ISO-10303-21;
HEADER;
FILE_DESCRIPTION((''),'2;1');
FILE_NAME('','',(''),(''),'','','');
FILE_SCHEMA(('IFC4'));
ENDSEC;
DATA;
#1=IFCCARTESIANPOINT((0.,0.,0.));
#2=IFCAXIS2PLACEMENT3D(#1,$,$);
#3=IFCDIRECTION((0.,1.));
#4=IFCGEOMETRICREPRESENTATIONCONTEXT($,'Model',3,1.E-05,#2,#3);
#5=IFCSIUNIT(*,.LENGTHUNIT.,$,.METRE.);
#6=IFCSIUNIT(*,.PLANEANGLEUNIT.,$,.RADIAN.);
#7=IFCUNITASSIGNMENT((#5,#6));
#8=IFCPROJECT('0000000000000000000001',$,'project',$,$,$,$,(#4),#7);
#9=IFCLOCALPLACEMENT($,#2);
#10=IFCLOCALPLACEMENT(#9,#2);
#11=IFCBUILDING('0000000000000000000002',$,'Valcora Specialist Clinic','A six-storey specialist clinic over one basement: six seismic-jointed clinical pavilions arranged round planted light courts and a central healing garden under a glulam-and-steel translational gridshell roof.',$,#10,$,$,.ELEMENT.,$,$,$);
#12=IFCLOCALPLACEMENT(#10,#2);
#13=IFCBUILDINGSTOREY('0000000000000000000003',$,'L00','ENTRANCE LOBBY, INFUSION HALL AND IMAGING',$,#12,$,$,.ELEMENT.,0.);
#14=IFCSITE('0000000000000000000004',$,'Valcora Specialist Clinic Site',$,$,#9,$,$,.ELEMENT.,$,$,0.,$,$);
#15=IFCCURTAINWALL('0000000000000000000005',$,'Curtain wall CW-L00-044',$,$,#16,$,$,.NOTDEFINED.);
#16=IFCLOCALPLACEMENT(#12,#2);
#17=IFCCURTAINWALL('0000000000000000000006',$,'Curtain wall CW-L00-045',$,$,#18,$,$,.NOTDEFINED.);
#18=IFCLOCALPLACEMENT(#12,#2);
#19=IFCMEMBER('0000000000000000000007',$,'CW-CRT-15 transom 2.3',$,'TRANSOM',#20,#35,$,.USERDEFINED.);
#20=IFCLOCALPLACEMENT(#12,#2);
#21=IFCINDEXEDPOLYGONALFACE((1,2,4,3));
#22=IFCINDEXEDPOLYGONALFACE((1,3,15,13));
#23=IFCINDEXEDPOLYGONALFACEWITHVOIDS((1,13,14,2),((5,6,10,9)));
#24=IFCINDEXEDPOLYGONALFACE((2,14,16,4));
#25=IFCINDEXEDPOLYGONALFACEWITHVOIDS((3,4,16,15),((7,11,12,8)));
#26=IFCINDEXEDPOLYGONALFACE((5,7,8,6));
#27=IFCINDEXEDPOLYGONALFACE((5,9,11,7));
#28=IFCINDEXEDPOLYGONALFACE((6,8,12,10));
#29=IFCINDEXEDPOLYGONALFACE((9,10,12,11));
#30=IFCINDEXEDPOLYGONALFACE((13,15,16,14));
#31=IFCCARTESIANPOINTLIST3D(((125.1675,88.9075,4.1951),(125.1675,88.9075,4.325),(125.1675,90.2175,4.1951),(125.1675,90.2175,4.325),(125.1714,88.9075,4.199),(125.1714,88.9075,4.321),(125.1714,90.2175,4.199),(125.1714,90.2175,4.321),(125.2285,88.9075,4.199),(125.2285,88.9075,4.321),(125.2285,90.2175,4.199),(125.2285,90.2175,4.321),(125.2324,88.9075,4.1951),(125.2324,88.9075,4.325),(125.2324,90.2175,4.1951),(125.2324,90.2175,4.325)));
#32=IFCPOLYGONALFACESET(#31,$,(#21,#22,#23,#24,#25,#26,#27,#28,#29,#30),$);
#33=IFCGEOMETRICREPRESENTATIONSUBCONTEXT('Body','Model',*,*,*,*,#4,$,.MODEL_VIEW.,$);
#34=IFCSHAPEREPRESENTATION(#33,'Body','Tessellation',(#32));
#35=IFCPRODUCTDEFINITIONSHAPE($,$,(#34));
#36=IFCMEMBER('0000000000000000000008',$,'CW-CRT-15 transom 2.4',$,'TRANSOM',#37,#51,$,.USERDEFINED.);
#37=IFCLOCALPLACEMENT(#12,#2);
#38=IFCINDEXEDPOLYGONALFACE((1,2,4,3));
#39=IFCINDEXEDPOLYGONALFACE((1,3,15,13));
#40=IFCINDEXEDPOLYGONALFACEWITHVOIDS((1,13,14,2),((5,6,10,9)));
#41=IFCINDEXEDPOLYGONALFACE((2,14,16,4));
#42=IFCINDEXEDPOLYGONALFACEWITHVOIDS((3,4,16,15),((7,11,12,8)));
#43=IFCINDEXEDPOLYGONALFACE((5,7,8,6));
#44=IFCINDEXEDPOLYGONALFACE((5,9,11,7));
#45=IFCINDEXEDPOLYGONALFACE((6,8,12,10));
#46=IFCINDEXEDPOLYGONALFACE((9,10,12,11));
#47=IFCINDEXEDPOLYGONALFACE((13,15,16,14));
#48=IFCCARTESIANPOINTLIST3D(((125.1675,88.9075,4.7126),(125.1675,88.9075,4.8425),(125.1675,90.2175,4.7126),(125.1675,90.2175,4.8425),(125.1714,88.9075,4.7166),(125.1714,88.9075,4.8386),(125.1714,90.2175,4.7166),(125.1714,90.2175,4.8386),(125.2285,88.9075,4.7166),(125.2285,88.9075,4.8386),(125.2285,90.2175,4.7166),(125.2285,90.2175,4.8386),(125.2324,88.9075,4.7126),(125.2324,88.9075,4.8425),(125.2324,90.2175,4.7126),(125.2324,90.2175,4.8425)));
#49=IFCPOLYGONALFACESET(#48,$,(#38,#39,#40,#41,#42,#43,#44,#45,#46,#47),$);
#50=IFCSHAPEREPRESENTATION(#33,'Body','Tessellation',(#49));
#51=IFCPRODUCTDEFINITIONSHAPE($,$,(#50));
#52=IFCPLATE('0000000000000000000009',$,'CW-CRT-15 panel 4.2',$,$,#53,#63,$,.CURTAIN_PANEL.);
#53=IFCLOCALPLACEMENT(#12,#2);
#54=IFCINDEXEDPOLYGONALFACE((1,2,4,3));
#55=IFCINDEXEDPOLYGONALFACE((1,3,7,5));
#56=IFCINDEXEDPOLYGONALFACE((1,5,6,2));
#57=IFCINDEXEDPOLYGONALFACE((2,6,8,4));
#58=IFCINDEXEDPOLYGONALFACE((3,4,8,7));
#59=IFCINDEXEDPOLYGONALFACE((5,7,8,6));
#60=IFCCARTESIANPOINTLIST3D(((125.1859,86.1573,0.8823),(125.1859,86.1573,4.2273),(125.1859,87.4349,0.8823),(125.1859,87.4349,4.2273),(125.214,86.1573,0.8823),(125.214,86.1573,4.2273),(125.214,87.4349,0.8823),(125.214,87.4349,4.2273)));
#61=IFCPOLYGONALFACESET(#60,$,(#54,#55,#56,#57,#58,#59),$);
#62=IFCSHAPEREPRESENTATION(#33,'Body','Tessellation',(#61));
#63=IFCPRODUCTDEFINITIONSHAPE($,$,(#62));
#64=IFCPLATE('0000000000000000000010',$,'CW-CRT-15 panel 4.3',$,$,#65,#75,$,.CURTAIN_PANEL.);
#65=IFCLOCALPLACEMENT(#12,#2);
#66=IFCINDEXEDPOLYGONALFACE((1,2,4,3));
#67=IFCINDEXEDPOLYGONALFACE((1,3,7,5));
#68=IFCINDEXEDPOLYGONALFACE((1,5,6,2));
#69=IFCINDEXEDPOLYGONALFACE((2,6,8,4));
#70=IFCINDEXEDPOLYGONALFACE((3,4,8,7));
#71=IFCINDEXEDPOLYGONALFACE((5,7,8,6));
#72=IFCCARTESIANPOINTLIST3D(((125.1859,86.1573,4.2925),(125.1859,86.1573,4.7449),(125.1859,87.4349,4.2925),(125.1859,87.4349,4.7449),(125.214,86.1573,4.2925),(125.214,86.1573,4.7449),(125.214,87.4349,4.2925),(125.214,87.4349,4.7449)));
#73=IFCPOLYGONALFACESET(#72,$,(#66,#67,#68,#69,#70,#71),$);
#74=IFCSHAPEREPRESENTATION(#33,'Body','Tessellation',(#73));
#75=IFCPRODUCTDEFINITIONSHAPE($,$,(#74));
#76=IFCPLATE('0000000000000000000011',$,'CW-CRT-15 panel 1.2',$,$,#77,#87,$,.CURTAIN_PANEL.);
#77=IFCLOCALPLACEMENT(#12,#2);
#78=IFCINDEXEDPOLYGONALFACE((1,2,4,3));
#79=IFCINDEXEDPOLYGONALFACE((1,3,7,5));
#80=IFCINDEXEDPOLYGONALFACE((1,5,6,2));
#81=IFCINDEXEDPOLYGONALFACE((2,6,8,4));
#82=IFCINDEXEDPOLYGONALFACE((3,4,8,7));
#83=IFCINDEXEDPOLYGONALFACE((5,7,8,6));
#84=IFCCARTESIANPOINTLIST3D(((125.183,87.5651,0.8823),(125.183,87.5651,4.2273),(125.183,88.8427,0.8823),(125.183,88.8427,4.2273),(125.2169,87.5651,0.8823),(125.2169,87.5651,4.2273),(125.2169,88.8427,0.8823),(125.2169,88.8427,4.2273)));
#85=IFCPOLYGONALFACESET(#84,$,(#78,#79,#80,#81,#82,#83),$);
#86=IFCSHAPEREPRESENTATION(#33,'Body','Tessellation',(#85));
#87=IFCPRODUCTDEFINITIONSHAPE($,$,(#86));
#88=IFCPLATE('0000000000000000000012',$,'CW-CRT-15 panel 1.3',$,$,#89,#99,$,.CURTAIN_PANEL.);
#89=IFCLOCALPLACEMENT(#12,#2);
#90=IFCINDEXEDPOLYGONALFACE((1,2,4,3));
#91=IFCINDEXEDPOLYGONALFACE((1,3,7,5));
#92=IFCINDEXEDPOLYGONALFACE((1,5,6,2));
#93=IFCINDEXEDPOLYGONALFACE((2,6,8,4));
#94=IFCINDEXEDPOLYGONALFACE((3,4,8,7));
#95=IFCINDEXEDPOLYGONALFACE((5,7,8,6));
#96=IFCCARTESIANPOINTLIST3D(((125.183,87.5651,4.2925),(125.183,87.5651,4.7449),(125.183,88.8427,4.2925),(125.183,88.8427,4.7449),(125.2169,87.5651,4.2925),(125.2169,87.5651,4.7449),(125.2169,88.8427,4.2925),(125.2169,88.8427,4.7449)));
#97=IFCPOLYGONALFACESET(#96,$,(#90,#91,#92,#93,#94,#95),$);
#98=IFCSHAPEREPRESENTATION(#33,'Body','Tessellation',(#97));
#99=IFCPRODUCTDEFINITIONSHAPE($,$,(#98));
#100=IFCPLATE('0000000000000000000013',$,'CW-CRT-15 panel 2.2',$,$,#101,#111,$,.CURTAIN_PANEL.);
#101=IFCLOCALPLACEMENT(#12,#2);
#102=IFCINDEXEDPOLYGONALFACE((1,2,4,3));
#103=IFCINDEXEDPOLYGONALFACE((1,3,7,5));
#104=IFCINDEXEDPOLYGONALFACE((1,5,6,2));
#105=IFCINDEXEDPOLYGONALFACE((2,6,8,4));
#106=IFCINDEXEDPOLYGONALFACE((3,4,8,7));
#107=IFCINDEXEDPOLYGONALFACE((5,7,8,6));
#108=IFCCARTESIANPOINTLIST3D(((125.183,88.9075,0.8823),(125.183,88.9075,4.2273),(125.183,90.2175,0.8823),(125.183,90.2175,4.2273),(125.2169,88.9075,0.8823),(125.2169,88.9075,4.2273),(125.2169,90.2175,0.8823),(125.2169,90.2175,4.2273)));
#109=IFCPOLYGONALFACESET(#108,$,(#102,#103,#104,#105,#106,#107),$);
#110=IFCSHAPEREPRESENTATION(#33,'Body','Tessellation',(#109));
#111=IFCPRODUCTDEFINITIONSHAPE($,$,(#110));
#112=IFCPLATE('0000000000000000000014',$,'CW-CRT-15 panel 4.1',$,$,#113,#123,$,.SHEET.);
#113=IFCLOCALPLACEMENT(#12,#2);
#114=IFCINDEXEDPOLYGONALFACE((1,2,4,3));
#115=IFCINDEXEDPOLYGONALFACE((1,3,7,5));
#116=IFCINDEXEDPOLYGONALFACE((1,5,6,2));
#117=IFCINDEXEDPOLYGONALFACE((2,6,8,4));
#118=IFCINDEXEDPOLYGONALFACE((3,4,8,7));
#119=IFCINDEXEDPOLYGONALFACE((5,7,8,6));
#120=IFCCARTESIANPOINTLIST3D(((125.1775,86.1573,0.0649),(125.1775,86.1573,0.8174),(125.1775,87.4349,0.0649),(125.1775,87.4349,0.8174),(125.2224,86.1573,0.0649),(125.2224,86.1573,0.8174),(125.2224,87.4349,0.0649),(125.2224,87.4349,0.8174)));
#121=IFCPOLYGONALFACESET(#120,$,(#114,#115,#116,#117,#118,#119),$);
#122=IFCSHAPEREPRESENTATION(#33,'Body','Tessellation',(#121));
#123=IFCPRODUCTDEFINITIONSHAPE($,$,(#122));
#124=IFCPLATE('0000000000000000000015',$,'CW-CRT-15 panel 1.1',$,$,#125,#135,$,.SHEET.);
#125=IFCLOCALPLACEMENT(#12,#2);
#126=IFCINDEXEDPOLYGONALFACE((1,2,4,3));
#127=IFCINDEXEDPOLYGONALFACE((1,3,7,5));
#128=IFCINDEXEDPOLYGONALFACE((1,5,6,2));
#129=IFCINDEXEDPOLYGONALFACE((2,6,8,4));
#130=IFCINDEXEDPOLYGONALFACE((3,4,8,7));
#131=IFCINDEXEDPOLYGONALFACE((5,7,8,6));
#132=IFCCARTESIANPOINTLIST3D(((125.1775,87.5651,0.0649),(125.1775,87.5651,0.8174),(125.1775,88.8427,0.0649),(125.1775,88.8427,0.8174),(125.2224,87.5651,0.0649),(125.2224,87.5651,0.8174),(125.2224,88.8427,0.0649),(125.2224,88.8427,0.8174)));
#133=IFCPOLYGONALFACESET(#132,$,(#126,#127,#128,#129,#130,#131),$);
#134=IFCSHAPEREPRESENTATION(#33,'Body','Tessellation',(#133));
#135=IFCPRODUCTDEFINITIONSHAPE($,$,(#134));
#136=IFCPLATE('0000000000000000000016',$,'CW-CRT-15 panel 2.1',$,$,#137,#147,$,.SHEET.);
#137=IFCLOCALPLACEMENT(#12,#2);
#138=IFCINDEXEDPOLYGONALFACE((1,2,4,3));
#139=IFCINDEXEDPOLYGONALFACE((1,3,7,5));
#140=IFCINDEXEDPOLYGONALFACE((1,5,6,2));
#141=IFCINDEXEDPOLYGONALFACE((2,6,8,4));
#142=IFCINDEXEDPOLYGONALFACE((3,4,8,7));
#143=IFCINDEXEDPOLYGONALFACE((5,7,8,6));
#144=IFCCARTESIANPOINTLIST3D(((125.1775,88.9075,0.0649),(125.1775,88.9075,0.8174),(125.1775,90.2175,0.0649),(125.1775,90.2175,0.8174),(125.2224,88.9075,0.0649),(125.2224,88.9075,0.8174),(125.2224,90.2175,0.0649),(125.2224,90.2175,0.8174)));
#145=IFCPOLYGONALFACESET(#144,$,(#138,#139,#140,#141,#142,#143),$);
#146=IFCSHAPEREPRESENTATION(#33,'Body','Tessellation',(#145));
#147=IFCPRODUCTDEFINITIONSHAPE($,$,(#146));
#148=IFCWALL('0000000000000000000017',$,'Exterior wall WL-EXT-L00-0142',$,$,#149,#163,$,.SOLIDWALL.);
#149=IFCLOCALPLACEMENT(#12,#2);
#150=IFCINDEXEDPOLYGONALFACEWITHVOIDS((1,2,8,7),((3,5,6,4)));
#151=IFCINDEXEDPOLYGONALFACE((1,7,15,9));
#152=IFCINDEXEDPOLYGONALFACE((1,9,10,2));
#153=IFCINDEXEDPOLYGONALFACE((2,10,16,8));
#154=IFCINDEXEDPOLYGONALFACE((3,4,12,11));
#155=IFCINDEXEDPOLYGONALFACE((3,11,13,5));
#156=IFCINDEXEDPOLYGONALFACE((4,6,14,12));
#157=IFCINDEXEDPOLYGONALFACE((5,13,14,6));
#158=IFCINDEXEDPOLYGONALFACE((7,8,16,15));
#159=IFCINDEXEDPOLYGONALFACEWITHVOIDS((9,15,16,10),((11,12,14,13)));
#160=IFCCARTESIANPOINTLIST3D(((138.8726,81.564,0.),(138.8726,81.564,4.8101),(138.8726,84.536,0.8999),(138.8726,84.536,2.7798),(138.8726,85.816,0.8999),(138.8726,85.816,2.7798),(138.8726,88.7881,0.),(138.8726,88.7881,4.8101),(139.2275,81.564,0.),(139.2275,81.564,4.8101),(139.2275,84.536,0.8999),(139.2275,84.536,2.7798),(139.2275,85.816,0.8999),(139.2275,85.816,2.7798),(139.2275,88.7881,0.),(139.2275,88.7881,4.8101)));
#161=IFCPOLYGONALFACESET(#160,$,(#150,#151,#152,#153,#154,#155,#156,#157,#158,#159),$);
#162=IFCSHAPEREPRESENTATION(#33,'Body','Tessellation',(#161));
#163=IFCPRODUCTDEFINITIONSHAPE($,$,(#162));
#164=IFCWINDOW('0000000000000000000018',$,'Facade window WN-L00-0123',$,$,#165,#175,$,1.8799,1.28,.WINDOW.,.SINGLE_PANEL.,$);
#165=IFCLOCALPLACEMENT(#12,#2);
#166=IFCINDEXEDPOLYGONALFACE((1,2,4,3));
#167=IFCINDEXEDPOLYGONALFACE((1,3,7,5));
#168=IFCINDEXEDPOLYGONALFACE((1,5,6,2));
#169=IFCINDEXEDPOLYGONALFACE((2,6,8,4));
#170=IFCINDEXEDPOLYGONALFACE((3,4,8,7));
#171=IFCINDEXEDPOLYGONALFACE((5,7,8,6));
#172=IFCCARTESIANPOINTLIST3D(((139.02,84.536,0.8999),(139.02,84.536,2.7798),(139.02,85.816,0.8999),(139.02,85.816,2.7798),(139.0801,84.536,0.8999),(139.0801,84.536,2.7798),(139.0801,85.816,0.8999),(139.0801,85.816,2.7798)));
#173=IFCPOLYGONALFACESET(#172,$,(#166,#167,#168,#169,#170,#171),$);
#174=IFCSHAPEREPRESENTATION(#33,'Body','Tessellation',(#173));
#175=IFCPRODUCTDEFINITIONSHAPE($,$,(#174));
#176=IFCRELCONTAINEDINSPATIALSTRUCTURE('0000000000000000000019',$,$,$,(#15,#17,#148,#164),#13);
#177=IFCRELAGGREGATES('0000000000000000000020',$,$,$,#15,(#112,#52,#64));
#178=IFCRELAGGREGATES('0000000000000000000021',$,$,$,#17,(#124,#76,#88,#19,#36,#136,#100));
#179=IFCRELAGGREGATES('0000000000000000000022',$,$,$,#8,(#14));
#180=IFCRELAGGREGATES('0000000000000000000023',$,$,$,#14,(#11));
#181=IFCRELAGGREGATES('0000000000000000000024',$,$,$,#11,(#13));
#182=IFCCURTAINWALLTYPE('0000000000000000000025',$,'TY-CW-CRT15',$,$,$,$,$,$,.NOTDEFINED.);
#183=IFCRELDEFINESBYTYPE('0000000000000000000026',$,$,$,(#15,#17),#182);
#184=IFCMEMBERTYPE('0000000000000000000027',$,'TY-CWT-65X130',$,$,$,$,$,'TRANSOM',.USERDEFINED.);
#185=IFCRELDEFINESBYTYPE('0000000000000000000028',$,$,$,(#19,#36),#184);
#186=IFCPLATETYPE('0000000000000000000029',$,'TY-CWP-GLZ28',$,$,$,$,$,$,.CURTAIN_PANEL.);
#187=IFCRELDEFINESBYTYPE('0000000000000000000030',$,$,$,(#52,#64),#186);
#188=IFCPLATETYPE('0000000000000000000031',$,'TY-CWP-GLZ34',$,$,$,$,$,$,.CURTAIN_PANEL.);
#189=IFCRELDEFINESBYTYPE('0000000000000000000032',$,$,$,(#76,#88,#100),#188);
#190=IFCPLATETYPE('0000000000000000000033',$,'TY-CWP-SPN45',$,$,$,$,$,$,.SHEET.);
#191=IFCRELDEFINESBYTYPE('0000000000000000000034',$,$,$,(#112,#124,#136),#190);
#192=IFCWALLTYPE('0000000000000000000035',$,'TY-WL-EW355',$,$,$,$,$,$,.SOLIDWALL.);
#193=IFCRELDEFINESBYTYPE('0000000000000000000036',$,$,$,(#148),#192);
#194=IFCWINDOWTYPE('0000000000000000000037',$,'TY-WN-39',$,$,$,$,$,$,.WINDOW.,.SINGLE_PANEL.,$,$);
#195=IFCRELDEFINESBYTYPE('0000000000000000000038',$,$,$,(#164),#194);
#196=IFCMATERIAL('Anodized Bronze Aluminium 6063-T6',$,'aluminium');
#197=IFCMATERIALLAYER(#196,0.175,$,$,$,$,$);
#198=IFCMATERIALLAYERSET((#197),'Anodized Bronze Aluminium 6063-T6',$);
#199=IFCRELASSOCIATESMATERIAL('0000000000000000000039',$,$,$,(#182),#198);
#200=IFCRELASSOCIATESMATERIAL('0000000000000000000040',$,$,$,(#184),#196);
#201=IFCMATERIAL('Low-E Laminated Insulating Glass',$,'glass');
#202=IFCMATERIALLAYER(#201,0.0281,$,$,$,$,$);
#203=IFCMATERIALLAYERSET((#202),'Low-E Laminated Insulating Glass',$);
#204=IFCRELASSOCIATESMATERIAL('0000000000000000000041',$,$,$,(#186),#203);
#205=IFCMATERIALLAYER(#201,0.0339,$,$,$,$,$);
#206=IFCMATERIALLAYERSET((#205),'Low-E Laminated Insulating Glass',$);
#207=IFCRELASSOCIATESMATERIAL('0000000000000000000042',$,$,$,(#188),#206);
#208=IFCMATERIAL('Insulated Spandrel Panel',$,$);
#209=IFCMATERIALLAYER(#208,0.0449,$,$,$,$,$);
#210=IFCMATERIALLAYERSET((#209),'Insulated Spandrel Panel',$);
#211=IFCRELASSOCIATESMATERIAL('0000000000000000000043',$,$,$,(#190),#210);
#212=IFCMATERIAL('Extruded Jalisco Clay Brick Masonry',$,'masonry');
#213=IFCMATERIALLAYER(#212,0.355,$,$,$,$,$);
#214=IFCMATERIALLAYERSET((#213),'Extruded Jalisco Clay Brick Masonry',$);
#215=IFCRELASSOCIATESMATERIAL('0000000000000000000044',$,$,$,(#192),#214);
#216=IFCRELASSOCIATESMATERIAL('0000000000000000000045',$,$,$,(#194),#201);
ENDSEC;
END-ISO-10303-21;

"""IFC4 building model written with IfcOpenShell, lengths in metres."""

from ifc_helpers import new_model, si_unit, direction, frame, frame_2d, origin, origin_2d, place, context, subcontext, project, spatial, rectangle, hollow_rectangle, extrude, material, layer, layer_set, material_profile, profile_set, type_object, element, fill, aggregate, save


model = new_model("IFC4")

# Units and contexts
model_context = context("Model", 3, precision=1e-05, world=origin(), true_north=direction((0.0, 1.0)))
body_context = subcontext(model_context, "Body", "Model", "MODEL_VIEW")
ifc_project = project(units=[si_unit("LENGTHUNIT", "METRE"), si_unit("PLANEANGLEUNIT", "RADIAN")], contexts=[model_context])

# Site, building, storey
site_placement = place(None, origin())
site = spatial("IfcSite", under=ifc_project, at=site_placement, Name="Valcora Specialist Clinic Site", CompositionType="ELEMENT", RefElevation=0.0)
building_placement = place(site_placement, origin())
building = spatial("IfcBuilding", under=site, at=building_placement, Name="Valcora Specialist Clinic", Description="A six-storey specialist clinic over one basement: six seismic-jointed clinical pavilions arranged round planted light courts and a central healing garden under a glulam-and-steel translational gridshell roof.", CompositionType="ELEMENT")
storey_placement = place(building_placement, origin())
storey = spatial("IfcBuildingStorey", under=building, at=storey_placement, Name="L00", Description="ENTRANCE LOBBY, INFUSION HALL AND IMAGING", CompositionType="ELEMENT", Elevation=0.0)

# Curtain wall
ifc_material_1 = material(Name="Anodized Bronze Aluminium 6063-T6", Category="aluminium")
ifc_layer_1 = layer(ifc_material_1, 0.175)
ifc_layer_set_1 = layer_set([ifc_layer_1], Name="Anodized Bronze Aluminium 6063-T6")
curtain_wall_type = type_object("IfcCurtainWallType", Name="TY-CW-CRT15", PredefinedType="NOTDEFINED", material=ifc_layer_set_1)
curtain_wall_1_placement = place(storey_placement, origin())
curtain_wall_1 = element("IfcCurtainWall", 1, at=curtain_wall_1_placement, inside=storey, type_object=curtain_wall_type, Name="Curtain wall CW-L00-044", PredefinedType="NOTDEFINED")

# Curtain wall
curtain_wall_2_placement = place(storey_placement, origin())
curtain_wall_2 = element("IfcCurtainWall", 2, at=curtain_wall_2_placement, inside=storey, type_object=curtain_wall_type, Name="Curtain wall CW-L00-045", PredefinedType="NOTDEFINED")

# Members
ifc_material_profile_1 = material_profile(ifc_material_1, hollow_rectangle(XDim=0.0649, YDim=0.1299, WallThickness=0.0039, at=origin_2d()), Name="AL-TRN-65X130")
ifc_profile_set_1 = profile_set([ifc_material_profile_1], Name="Anodized Bronze Aluminium 6063-T6")
member_type_1 = type_object("IfcMemberType", Name="TY-CWT-65X130", ElementType="TRANSOM", PredefinedType="USERDEFINED", material=ifc_profile_set_1)
member_1_placement = place(storey_placement, frame((125.2, 88.9075, 4.26), z_axis=(0.0, 1.0, 0.0), x_axis=(-1.0, 0.0, 0.0)))
member_1 = element("IfcMember", 3, at=member_1_placement, type_object=member_type_1, Name="CW-CRT-15 transom 2.3", ObjectType="TRANSOM", PredefinedType="USERDEFINED", context=body_context, shape_type="SweptSolid", body=[
    extrude(hollow_rectangle(XDim=0.0649, YDim=0.1299, WallThickness=0.0039, at=origin_2d()), origin(), (0.0, 0.0, 1.0), 1.3101),
])
member_2_placement = place(storey_placement, frame((125.2, 88.9075, 4.7776), z_axis=(0.0, 1.0, 0.0), x_axis=(-1.0, 0.0, 0.0)))
member_2 = element("IfcMember", 4, at=member_2_placement, type_object=member_type_1, Name="CW-CRT-15 transom 2.4", ObjectType="TRANSOM", PredefinedType="USERDEFINED", context=body_context, shape_type="SweptSolid", body=[
    extrude(hollow_rectangle(XDim=0.0649, YDim=0.1299, WallThickness=0.0039, at=origin_2d()), origin(), (0.0, 0.0, 1.0), 1.3101),
])

# Plates
ifc_material_2 = material(Name="Low-E Laminated Insulating Glass", Category="glass")
ifc_layer_2 = layer(ifc_material_2, 0.0281)
ifc_layer_set_2 = layer_set([ifc_layer_2], Name="Low-E Laminated Insulating Glass")
plate_type_1 = type_object("IfcPlateType", Name="TY-CWP-GLZ28", PredefinedType="CURTAIN_PANEL", material=ifc_layer_set_2)
plate_1_placement = place(storey_placement, frame((125.2, 86.7961, 0.8823), z_axis=(0.0, 0.0, 1.0), x_axis=(0.0, 1.0, 0.0)))
plate_1 = element("IfcPlate", 5, at=plate_1_placement, type_object=plate_type_1, Name="CW-CRT-15 panel 4.2", PredefinedType="CURTAIN_PANEL", context=body_context, shape_type="SweptSolid", body=[
    extrude(rectangle(XDim=1.2776, YDim=0.0281, at=origin_2d()), origin(), (0.0, 0.0, 1.0), 3.345),
])
plate_2_placement = place(storey_placement, frame((125.2, 86.7961, 4.2925), z_axis=(0.0, 0.0, 1.0), x_axis=(0.0, 1.0, 0.0)))
plate_2 = element("IfcPlate", 6, at=plate_2_placement, type_object=plate_type_1, Name="CW-CRT-15 panel 4.3", PredefinedType="CURTAIN_PANEL", context=body_context, shape_type="SweptSolid", body=[
    extrude(rectangle(XDim=1.2776, YDim=0.0281, at=origin_2d()), origin(), (0.0, 0.0, 1.0), 0.4524),
])
ifc_layer_3 = layer(ifc_material_2, 0.0339)
ifc_layer_set_3 = layer_set([ifc_layer_3], Name="Low-E Laminated Insulating Glass")
plate_type_2 = type_object("IfcPlateType", Name="TY-CWP-GLZ34", PredefinedType="CURTAIN_PANEL", material=ifc_layer_set_3)
plate_3_placement = place(storey_placement, frame((125.2, 88.2039, 0.8823), z_axis=(0.0, 0.0, 1.0), x_axis=(0.0, 1.0, 0.0)))
plate_3 = element("IfcPlate", 7, at=plate_3_placement, type_object=plate_type_2, Name="CW-CRT-15 panel 1.2", PredefinedType="CURTAIN_PANEL", context=body_context, shape_type="SweptSolid", body=[
    extrude(rectangle(XDim=1.2776, YDim=0.0339, at=origin_2d()), origin(), (0.0, 0.0, 1.0), 3.345),
])
plate_4_placement = place(storey_placement, frame((125.2, 88.2039, 4.2925), z_axis=(0.0, 0.0, 1.0), x_axis=(0.0, 1.0, 0.0)))
plate_4 = element("IfcPlate", 8, at=plate_4_placement, type_object=plate_type_2, Name="CW-CRT-15 panel 1.3", PredefinedType="CURTAIN_PANEL", context=body_context, shape_type="SweptSolid", body=[
    extrude(rectangle(XDim=1.2776, YDim=0.0339, at=origin_2d()), origin(), (0.0, 0.0, 1.0), 0.4524),
])
plate_5_placement = place(storey_placement, frame((125.2, 89.5625, 0.8823), z_axis=(0.0, 0.0, 1.0), x_axis=(0.0, 1.0, 0.0)))
plate_5 = element("IfcPlate", 9, at=plate_5_placement, type_object=plate_type_2, Name="CW-CRT-15 panel 2.2", PredefinedType="CURTAIN_PANEL", context=body_context, shape_type="SweptSolid", body=[
    extrude(rectangle(XDim=1.3101, YDim=0.0339, at=origin_2d()), origin(), (0.0, 0.0, 1.0), 3.345),
])
ifc_material_3 = material(Name="Insulated Spandrel Panel")
ifc_layer_4 = layer(ifc_material_3, 0.0449)
ifc_layer_set_4 = layer_set([ifc_layer_4], Name="Insulated Spandrel Panel")
plate_type_3 = type_object("IfcPlateType", Name="TY-CWP-SPN45", PredefinedType="SHEET", material=ifc_layer_set_4)
plate_6_placement = place(storey_placement, frame((125.2, 86.7961, 0.0649), z_axis=(0.0, 0.0, 1.0), x_axis=(0.0, 1.0, 0.0)))
plate_6 = element("IfcPlate", 10, at=plate_6_placement, type_object=plate_type_3, Name="CW-CRT-15 panel 4.1", PredefinedType="SHEET", context=body_context, shape_type="SweptSolid", body=[
    extrude(rectangle(XDim=1.2776, YDim=0.0449, at=origin_2d()), origin(), (0.0, 0.0, 1.0), 0.7524),
])
aggregate(curtain_wall_1, [plate_6, plate_1, plate_2])
plate_7_placement = place(storey_placement, frame((125.2, 88.2039, 0.0649), z_axis=(0.0, 0.0, 1.0), x_axis=(0.0, 1.0, 0.0)))
plate_7 = element("IfcPlate", 11, at=plate_7_placement, type_object=plate_type_3, Name="CW-CRT-15 panel 1.1", PredefinedType="SHEET", context=body_context, shape_type="SweptSolid", body=[
    extrude(rectangle(XDim=1.2776, YDim=0.0449, at=origin_2d()), origin(), (0.0, 0.0, 1.0), 0.7524),
])
plate_8_placement = place(storey_placement, frame((125.2, 89.5625, 0.0649), z_axis=(0.0, 0.0, 1.0), x_axis=(0.0, 1.0, 0.0)))
plate_8 = element("IfcPlate", 12, at=plate_8_placement, type_object=plate_type_3, Name="CW-CRT-15 panel 2.1", PredefinedType="SHEET", context=body_context, shape_type="SweptSolid", body=[
    extrude(rectangle(XDim=1.3101, YDim=0.0449, at=origin_2d()), origin(), (0.0, 0.0, 1.0), 0.7524),
])
aggregate(curtain_wall_2, [plate_7, plate_3, plate_4, member_1, member_2, plate_8, plate_5])

# Wall, opening, window
ifc_material_4 = material(Name="Extruded Jalisco Clay Brick Masonry", Category="masonry")
ifc_layer_5 = layer(ifc_material_4, 0.355)
ifc_layer_set_5 = layer_set([ifc_layer_5], Name="Extruded Jalisco Clay Brick Masonry")
wall_type_1 = type_object("IfcWallType", Name="TY-WL-EW355", PredefinedType="SOLIDWALL", material=ifc_layer_set_5)
wall_1_placement = place(storey_placement, frame((139.05, 88.7881, 0.0), z_axis=(0.0, 0.0, 1.0), x_axis=(0.0, -1.0, 0.0)))
wall_1 = element("IfcWall", 13, at=wall_1_placement, inside=storey, type_object=wall_type_1, Name="Exterior wall WL-EXT-L00-0142", PredefinedType="SOLIDWALL", context=body_context, shape_type="SweptSolid", body=[
    extrude(rectangle(XDim=7.2241, YDim=0.355, at=frame_2d((3.6121, 0.0))), origin(), (0.0, 0.0, 1.0), 4.8101),
])
opening_placement = place(wall_1_placement, frame((2.9719, 0.0, 0.8999)))
opening = element("IfcOpeningElement", 14, at=opening_placement, cuts=wall_1, PredefinedType="OPENING", context=body_context, shape_type="SweptSolid", body=[
    extrude(rectangle(XDim=1.28, YDim=1.8799, at=frame_2d((0.6401, 0.9399))), frame((0.0, 0.1875, 0.0), z_axis=(0.0, -1.0, 0.0), x_axis=(1.0, 0.0, 0.0)), (0.0, 0.0, 1.0), 0.375),
])
window_type = type_object("IfcWindowType", Name="TY-WN-39", PartitioningType="SINGLE_PANEL", PredefinedType="WINDOW", material=ifc_material_2)
window_placement = place(opening_placement, origin())
window = element("IfcWindow", 15, at=window_placement, inside=storey, type_object=window_type, Name="Facade window WN-L00-0123", OverallHeight=1.8799, OverallWidth=1.28, PartitioningType="SINGLE_PANEL", PredefinedType="WINDOW", context=body_context, shape_type="SweptSolid", body=[
    extrude(rectangle(XDim=1.28, YDim=1.8799, at=frame_2d((0.6401, 0.9399))), frame((0.0, 0.03, 0.0), z_axis=(0.0, -1.0, 0.0), x_axis=(1.0, 0.0, 0.0)), (0.0, 0.0, 1.0), 0.0601),
])
fill(opening, window)

save(model, "model.ifc")
